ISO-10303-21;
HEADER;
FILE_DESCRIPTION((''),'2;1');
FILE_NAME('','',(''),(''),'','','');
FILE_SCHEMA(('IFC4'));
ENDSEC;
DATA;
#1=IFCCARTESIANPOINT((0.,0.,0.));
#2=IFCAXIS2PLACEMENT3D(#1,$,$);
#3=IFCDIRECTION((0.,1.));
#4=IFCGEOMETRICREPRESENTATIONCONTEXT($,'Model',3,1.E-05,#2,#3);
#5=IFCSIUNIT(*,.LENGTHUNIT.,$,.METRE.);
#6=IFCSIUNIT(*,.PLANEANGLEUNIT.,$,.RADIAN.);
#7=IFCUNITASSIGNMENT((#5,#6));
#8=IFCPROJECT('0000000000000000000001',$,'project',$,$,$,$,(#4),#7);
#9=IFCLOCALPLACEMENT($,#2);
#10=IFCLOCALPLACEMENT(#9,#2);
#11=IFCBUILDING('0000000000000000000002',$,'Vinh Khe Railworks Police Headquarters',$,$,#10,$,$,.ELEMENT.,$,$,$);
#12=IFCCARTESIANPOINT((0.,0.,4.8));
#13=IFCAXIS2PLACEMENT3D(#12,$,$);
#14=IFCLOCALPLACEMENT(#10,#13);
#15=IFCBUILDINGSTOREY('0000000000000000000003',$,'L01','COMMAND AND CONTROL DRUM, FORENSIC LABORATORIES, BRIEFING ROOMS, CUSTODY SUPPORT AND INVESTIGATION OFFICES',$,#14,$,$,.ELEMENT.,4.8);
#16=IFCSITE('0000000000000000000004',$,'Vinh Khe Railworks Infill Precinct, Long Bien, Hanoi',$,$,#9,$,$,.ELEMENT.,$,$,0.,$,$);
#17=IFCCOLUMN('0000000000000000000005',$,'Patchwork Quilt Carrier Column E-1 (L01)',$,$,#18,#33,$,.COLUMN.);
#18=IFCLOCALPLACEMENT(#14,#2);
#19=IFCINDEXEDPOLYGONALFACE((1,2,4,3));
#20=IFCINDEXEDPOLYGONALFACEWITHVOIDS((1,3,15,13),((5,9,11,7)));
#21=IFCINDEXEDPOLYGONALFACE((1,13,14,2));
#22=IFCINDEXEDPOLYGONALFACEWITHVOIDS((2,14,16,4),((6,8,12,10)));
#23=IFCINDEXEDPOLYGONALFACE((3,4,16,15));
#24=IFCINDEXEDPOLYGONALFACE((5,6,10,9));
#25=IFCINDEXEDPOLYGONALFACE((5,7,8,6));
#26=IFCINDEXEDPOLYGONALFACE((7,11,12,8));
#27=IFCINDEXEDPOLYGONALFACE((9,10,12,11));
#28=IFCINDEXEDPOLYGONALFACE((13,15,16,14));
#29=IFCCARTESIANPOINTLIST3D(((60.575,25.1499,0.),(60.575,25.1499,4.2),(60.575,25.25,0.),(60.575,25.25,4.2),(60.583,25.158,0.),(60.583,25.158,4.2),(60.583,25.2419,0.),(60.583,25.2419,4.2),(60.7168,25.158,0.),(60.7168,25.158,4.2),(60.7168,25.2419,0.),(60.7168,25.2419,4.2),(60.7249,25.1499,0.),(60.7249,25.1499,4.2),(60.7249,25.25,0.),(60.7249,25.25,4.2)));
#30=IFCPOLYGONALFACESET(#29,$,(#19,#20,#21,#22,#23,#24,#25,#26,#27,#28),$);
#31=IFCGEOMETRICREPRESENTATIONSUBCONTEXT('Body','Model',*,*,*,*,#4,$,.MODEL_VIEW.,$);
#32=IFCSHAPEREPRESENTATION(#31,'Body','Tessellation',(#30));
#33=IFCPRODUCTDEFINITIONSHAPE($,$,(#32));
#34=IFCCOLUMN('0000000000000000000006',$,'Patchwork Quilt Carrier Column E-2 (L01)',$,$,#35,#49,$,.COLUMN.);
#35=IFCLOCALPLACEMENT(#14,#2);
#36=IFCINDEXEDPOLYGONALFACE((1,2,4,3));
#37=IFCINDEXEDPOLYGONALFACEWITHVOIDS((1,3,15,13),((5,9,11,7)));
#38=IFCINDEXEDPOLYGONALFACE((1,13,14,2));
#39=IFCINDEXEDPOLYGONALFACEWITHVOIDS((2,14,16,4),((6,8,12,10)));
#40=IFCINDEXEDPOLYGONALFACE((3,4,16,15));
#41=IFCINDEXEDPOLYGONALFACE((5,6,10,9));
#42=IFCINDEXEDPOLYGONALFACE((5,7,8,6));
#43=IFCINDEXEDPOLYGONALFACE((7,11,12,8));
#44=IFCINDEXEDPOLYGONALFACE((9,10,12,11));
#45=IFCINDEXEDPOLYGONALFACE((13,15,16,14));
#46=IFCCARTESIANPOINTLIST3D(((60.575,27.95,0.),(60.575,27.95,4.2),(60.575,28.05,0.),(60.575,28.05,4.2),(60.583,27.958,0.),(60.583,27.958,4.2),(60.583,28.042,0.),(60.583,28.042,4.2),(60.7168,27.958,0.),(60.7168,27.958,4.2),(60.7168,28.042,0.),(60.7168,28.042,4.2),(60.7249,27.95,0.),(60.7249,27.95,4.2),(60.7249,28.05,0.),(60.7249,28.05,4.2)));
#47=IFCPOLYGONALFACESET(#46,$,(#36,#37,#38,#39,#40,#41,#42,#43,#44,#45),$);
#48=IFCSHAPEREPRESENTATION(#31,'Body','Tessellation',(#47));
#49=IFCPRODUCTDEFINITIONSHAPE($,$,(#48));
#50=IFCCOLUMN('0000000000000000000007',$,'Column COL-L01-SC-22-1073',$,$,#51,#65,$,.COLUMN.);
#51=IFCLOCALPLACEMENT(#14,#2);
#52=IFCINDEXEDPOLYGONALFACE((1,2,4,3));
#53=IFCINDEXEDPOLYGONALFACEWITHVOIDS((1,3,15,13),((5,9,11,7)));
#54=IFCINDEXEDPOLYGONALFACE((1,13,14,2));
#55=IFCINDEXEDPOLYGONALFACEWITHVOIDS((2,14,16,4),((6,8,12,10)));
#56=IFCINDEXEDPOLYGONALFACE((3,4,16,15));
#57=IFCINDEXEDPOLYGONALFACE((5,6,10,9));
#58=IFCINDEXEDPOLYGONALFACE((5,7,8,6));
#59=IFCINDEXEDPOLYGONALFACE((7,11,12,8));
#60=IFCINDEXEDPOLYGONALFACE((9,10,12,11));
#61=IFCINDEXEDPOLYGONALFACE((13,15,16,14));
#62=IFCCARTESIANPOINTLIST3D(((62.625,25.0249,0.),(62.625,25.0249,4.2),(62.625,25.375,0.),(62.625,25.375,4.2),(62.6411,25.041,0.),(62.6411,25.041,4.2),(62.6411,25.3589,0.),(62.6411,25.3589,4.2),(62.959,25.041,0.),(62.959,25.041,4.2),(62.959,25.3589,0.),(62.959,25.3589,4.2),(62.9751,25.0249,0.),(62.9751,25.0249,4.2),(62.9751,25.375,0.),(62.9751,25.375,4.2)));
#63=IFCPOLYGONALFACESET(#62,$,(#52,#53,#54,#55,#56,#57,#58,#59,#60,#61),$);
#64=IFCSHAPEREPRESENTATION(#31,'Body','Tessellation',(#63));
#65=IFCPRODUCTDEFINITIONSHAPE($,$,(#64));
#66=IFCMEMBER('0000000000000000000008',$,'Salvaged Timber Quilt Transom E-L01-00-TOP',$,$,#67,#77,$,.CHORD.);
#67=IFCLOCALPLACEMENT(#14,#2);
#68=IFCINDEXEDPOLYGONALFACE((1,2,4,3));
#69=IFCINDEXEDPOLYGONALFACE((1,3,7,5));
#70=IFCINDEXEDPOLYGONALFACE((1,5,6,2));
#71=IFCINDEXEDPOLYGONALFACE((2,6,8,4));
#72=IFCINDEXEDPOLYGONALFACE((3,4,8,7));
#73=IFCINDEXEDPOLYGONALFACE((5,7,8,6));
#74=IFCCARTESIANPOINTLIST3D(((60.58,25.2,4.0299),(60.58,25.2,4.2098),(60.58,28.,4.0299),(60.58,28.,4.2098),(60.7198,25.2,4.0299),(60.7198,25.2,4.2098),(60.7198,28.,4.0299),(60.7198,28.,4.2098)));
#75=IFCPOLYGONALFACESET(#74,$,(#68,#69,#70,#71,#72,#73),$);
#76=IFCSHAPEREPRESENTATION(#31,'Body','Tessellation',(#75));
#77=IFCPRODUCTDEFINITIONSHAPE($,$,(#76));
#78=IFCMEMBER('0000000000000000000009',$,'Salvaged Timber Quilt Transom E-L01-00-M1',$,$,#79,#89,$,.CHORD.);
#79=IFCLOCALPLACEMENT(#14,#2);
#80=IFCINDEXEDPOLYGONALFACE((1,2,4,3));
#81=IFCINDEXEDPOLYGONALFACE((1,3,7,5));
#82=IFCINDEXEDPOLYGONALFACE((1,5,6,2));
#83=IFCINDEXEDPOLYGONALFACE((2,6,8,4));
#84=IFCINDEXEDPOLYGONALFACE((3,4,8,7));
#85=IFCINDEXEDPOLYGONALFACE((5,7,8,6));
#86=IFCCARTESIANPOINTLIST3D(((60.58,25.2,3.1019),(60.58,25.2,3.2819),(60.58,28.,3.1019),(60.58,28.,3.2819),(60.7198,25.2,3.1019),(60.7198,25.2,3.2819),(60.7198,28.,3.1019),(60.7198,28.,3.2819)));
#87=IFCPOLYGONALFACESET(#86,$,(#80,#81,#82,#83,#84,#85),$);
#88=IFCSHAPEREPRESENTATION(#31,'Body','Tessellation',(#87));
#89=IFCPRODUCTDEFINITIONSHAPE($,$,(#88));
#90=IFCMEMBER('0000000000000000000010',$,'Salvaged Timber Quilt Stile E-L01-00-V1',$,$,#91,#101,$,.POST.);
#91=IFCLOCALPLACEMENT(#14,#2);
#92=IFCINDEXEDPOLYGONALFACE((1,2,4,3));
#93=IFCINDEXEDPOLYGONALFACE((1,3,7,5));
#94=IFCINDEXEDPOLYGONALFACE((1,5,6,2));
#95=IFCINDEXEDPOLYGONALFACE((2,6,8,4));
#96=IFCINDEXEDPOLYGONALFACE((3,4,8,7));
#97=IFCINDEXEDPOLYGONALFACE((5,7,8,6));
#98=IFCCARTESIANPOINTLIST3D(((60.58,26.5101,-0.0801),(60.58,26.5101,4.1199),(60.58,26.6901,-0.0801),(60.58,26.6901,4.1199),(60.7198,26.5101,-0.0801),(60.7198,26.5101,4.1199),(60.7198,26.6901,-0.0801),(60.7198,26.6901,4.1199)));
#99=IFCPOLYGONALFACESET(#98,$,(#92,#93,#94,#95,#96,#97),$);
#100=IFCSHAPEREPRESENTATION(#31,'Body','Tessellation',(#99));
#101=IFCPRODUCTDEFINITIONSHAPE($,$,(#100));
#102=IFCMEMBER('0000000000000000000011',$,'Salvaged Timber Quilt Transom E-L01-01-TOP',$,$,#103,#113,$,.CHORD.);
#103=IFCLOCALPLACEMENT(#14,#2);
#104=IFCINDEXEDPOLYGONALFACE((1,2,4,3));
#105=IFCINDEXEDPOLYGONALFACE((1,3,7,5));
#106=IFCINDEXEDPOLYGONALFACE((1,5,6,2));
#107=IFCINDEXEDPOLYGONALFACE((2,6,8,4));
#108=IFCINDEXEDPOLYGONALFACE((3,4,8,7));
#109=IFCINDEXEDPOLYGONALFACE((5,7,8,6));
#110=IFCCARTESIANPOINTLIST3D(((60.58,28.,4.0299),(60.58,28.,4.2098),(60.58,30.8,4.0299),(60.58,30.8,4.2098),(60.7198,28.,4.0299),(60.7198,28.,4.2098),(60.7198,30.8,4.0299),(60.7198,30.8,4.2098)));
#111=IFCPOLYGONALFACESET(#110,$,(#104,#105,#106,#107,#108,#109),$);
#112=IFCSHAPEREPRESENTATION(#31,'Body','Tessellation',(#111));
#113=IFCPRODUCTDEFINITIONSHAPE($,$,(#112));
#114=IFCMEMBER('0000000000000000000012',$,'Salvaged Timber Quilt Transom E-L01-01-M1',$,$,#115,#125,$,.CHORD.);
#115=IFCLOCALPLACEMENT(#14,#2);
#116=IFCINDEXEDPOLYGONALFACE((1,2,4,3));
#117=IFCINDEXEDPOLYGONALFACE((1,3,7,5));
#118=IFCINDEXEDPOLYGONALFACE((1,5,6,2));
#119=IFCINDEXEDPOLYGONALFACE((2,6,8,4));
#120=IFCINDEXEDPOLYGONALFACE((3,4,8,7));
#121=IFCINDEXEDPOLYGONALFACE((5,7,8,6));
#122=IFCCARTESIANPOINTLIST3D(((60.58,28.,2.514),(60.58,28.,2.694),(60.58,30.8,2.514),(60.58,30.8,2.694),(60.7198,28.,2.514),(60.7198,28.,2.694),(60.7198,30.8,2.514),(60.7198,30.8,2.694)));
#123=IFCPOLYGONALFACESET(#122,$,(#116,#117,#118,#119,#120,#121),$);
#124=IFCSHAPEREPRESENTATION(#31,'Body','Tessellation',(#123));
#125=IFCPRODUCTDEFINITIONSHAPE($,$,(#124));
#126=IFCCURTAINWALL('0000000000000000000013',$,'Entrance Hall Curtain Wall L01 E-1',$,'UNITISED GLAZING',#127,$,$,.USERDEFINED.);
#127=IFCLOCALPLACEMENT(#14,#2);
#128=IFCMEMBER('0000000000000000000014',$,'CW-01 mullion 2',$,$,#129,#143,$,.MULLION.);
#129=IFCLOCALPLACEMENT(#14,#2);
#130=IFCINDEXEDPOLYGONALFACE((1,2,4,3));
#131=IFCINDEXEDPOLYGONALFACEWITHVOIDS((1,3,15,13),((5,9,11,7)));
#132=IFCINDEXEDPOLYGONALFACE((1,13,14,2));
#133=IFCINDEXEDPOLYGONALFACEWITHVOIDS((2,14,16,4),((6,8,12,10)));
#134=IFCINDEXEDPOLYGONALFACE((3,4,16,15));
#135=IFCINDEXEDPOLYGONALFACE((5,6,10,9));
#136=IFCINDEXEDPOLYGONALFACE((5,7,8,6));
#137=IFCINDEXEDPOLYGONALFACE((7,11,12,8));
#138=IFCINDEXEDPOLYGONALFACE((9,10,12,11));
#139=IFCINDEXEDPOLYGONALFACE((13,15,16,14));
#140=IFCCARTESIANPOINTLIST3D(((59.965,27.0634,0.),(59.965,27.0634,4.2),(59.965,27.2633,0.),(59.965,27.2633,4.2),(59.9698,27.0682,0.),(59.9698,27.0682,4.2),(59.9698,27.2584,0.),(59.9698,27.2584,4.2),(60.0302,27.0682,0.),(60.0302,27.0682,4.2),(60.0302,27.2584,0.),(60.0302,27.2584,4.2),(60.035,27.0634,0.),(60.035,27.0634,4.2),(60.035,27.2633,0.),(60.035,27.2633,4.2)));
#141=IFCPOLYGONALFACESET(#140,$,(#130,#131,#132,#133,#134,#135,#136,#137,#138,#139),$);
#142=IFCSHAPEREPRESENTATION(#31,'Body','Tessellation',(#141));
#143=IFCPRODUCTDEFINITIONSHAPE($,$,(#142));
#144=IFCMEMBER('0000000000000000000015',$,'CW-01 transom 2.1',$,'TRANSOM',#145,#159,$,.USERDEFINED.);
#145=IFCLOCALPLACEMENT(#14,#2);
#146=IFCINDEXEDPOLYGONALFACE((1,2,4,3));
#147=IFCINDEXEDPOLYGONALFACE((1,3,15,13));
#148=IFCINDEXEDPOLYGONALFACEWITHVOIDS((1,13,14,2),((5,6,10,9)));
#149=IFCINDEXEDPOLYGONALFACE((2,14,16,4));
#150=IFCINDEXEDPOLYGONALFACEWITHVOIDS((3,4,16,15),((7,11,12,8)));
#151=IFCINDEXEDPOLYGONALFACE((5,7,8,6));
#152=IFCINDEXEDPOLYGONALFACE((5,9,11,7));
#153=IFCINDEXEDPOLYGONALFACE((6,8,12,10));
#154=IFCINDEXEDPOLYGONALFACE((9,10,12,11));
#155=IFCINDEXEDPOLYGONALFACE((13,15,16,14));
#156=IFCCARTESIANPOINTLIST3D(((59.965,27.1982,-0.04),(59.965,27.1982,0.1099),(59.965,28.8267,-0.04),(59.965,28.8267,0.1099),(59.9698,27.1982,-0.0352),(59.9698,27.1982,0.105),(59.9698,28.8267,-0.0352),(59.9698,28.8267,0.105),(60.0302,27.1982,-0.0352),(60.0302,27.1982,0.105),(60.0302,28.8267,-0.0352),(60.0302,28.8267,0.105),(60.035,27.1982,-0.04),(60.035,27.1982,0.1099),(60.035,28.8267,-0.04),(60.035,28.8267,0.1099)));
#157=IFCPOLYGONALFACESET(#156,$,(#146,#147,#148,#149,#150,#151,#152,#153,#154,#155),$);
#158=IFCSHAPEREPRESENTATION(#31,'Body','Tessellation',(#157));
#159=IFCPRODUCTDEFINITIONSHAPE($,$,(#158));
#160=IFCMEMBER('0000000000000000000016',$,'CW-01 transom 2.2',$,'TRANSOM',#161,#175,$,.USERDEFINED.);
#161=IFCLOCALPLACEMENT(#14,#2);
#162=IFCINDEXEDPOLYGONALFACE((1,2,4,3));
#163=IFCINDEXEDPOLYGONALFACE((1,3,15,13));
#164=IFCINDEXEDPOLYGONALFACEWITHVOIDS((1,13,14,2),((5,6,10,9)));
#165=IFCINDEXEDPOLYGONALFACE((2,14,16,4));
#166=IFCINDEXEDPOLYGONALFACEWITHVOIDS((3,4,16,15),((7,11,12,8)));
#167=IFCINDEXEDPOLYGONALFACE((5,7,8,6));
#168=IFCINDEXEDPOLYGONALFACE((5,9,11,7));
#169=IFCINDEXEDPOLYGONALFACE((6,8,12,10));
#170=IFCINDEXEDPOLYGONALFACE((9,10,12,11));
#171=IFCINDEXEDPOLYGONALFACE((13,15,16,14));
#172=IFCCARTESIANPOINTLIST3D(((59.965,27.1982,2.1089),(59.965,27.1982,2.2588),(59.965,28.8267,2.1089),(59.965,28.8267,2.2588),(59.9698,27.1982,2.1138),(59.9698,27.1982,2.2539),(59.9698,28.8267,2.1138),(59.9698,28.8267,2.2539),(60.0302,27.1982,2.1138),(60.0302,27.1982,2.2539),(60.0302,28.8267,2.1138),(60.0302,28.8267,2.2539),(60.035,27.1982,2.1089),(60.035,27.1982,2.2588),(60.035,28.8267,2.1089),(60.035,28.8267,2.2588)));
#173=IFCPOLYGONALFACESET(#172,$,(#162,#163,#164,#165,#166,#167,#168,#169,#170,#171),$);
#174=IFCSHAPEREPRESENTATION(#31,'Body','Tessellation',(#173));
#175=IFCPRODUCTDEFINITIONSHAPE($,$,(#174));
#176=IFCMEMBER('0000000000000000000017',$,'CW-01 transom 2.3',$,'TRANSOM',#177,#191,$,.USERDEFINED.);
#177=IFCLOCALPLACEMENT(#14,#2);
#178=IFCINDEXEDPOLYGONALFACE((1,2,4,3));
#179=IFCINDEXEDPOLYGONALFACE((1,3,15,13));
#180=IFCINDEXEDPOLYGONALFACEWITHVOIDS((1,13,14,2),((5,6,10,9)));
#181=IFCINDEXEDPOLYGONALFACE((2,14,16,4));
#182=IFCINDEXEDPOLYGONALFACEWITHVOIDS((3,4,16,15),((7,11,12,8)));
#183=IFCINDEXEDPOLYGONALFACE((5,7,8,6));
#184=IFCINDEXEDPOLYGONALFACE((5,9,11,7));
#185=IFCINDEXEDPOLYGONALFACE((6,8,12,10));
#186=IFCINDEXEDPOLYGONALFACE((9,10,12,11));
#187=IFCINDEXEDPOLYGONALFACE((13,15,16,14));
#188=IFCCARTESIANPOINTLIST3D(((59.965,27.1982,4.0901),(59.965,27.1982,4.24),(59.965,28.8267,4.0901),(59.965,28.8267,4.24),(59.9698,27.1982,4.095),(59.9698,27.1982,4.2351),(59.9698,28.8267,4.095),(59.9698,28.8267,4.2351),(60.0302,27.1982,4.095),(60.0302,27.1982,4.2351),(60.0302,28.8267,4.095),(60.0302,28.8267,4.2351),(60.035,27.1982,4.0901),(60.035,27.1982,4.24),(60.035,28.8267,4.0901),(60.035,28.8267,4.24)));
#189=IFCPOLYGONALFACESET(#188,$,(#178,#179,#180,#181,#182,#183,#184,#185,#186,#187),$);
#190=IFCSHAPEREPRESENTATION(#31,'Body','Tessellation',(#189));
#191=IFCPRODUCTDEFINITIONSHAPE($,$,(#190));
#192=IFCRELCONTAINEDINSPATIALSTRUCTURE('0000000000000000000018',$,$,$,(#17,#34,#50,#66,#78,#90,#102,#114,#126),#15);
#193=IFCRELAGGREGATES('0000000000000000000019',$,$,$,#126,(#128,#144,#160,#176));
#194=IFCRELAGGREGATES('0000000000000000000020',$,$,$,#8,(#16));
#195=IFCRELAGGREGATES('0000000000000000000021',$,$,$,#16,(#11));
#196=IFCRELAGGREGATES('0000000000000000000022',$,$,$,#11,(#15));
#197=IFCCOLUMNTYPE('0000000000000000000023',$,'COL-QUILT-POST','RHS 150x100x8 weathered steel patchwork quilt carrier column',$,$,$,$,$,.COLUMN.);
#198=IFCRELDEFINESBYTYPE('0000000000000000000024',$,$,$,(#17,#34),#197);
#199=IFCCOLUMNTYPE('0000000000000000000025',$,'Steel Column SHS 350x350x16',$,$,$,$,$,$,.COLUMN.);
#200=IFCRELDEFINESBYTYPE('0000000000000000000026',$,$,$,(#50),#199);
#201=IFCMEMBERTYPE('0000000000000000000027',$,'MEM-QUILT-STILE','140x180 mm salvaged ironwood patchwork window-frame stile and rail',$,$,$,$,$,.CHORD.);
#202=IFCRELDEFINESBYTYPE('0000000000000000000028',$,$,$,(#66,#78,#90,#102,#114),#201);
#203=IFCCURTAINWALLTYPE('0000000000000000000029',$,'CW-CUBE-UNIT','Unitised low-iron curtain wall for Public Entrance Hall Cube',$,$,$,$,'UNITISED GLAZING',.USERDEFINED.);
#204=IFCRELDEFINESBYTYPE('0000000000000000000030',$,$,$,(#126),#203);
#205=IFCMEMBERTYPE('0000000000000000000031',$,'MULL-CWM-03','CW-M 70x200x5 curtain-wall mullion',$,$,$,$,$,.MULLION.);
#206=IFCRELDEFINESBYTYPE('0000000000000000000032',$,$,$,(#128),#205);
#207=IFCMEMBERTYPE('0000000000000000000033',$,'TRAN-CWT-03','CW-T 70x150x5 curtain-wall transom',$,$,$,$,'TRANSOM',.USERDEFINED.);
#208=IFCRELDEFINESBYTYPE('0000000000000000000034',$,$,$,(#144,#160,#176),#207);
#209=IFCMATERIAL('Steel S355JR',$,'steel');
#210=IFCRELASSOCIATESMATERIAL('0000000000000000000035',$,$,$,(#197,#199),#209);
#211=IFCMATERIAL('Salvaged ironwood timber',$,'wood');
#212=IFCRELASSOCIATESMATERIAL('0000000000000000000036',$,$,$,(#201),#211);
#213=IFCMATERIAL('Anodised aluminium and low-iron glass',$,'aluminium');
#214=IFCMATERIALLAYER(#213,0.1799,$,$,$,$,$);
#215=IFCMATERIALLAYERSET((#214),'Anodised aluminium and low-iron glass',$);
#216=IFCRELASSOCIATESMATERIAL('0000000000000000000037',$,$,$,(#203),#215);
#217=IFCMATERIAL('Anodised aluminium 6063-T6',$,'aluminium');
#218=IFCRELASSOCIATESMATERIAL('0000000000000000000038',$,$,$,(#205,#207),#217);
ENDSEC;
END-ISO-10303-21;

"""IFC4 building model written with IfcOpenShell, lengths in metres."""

from ifc_helpers import new_model, si_unit, direction, frame, origin, origin_2d, place, context, subcontext, project, spatial, rectangle, hollow_rectangle, extrude, material, layer, layer_set, material_profile, profile_set, type_object, element, aggregate, save


model = new_model("IFC4")

# Units and contexts
model_context = context("Model", 3, precision=1e-05, world=origin(), true_north=direction((0.0, 1.0)))
body_context = subcontext(model_context, "Body", "Model", "MODEL_VIEW")
ifc_project = project(units=[si_unit("LENGTHUNIT", "METRE"), si_unit("PLANEANGLEUNIT", "RADIAN")], contexts=[model_context])

# Site, building, storey
site_placement = place(None, origin())
site = spatial("IfcSite", under=ifc_project, at=site_placement, Name="Vinh Khe Railworks Infill Precinct, Long Bien, Hanoi", CompositionType="ELEMENT", RefElevation=0.0)
building_placement = place(site_placement, origin())
building = spatial("IfcBuilding", under=site, at=building_placement, Name="Vinh Khe Railworks Police Headquarters", CompositionType="ELEMENT")
storey_placement = place(building_placement, frame((0.0, 0.0, 4.8)))
storey = spatial("IfcBuildingStorey", under=building, at=storey_placement, Name="L01", Description="COMMAND AND CONTROL DRUM, FORENSIC LABORATORIES, BRIEFING ROOMS, CUSTODY SUPPORT AND INVESTIGATION OFFICES", CompositionType="ELEMENT", Elevation=4.8)

# Columns
ifc_material_1 = material(Name="Steel S355JR", Category="steel")
ifc_material_profile_1 = material_profile(ifc_material_1, hollow_rectangle(XDim=0.1499, YDim=0.1001, WallThickness=0.0081, at=origin_2d()), Name="RHS 150x100x8")
ifc_profile_set_1 = profile_set([ifc_material_profile_1], Name="Steel S355JR")
column_type_1 = type_object("IfcColumnType", Name="COL-QUILT-POST", Description="RHS 150x100x8 weathered steel patchwork quilt carrier column", PredefinedType="COLUMN", material=ifc_profile_set_1)
for number, where, z_axis, x_axis, name in (
    (1, (60.6499, 25.2, 0.0), (0.0, 0.0, 1.0), (1.0, 0.0, 0.0), "Patchwork Quilt Carrier Column E-1 (L01)"),
    (2, (60.6499, 28.0, 0.0), (0.0, 0.0, 1.0), (1.0, 0.0, 0.0), "Patchwork Quilt Carrier Column E-2 (L01)"),
):
    element("IfcColumn", number, at=place(storey_placement, frame(where, z_axis=z_axis, x_axis=x_axis)), inside=storey, type_object=column_type_1, Name=name, PredefinedType="COLUMN", context=body_context, shape_type="SweptSolid", body=[
        extrude(hollow_rectangle(XDim=0.1499, YDim=0.1001, WallThickness=0.0081, at=origin_2d()), origin(), (0.0, 0.0, 1.0), 4.2),
    ])
ifc_material_profile_2 = material_profile(ifc_material_1, hollow_rectangle(XDim=0.3501, YDim=0.3501, WallThickness=0.0161, at=origin_2d()), Name="SHS 350x350x16")
ifc_profile_set_2 = profile_set([ifc_material_profile_2], Name="Steel S355JR")
column_type_2 = type_object("IfcColumnType", Name="Steel Column SHS 350x350x16", PredefinedType="COLUMN", material=ifc_profile_set_2)
column_placement = place(storey_placement, frame((62.8, 25.2, 0.0), z_axis=(0.0, 0.0, 1.0), x_axis=(1.0, 0.0, 0.0)))
element("IfcColumn", 3, at=column_placement, inside=storey, type_object=column_type_2, Name="Column COL-L01-SC-22-1073", PredefinedType="COLUMN", context=body_context, shape_type="SweptSolid", body=[
    extrude(hollow_rectangle(XDim=0.3501, YDim=0.3501, WallThickness=0.0161, at=origin_2d()), origin(), (0.0, 0.0, 1.0), 4.2),
])

# Members
ifc_material_2 = material(Name="Salvaged ironwood timber", Category="wood")
ifc_material_profile_3 = material_profile(ifc_material_2, rectangle(XDim=0.1399, YDim=0.1799, at=origin_2d()), Name="TIMBER 140x180")
ifc_profile_set_3 = profile_set([ifc_material_profile_3], Name="Salvaged ironwood timber")
member_type_1 = type_object("IfcMemberType", Name="MEM-QUILT-STILE", Description="140x180 mm salvaged ironwood patchwork window-frame stile and rail", PredefinedType="CHORD", material=ifc_profile_set_3)
for number, where, z_axis, x_axis, name in (
    (4, (60.6499, 25.2, 4.1199), (0.0, 1.0, 0.0), (-1.0, 0.0, 0.0), "Salvaged Timber Quilt Transom E-L01-00-TOP"),
    (5, (60.6499, 25.2, 3.1919), (0.0, 1.0, 0.0), (-1.0, 0.0, 0.0), "Salvaged Timber Quilt Transom E-L01-00-M1"),
):
    element("IfcMember", number, at=place(storey_placement, frame(where, z_axis=z_axis, x_axis=x_axis)), inside=storey, type_object=member_type_1, Name=name, PredefinedType="CHORD", context=body_context, shape_type="SweptSolid", body=[
        extrude(rectangle(XDim=0.1399, YDim=0.1799, at=origin_2d()), origin(), (0.0, 0.0, 1.0), 2.8),
    ])
member_1_placement = place(storey_placement, frame((60.6499, 26.6001, -0.0801), z_axis=(0.0, 0.0, 1.0), x_axis=(1.0, 0.0, 0.0)))
element("IfcMember", 6, at=member_1_placement, inside=storey, type_object=member_type_1, Name="Salvaged Timber Quilt Stile E-L01-00-V1", PredefinedType="POST", context=body_context, shape_type="SweptSolid", body=[
    extrude(rectangle(XDim=0.1399, YDim=0.1799, at=origin_2d()), origin(), (0.0, 0.0, 1.0), 4.2),
])
for number, where, z_axis, x_axis, name in (
    (7, (60.6499, 28.0, 4.1199), (0.0, 1.0, 0.0), (-1.0, 0.0, 0.0), "Salvaged Timber Quilt Transom E-L01-01-TOP"),
    (8, (60.6499, 28.0, 2.604), (0.0, 1.0, 0.0), (-1.0, 0.0, 0.0), "Salvaged Timber Quilt Transom E-L01-01-M1"),
):
    element("IfcMember", number, at=place(storey_placement, frame(where, z_axis=z_axis, x_axis=x_axis)), inside=storey, type_object=member_type_1, Name=name, PredefinedType="CHORD", context=body_context, shape_type="SweptSolid", body=[
        extrude(rectangle(XDim=0.1399, YDim=0.1799, at=origin_2d()), origin(), (0.0, 0.0, 1.0), 2.8),
    ])

# Curtain wall, members
ifc_material_3 = material(Name="Anodised aluminium and low-iron glass", Category="aluminium")
ifc_layer_1 = layer(ifc_material_3, 0.1799)
ifc_layer_set_1 = layer_set([ifc_layer_1], Name="Anodised aluminium and low-iron glass")
curtain_wall_type = type_object("IfcCurtainWallType", Name="CW-CUBE-UNIT", Description="Unitised low-iron curtain wall for Public Entrance Hall Cube", ElementType="UNITISED GLAZING", PredefinedType="USERDEFINED", material=ifc_layer_set_1)
curtain_wall_placement = place(storey_placement, origin())
curtain_wall = element("IfcCurtainWall", 9, at=curtain_wall_placement, inside=storey, type_object=curtain_wall_type, Name="Entrance Hall Curtain Wall L01 E-1", ObjectType="UNITISED GLAZING", PredefinedType="USERDEFINED")
ifc_material_4 = material(Name="Anodised aluminium 6063-T6", Category="aluminium")
ifc_material_profile_4 = material_profile(ifc_material_4, hollow_rectangle(XDim=0.0701, YDim=0.2, WallThickness=0.0049, at=origin_2d()), Name="CW-M 70x200x5")
ifc_profile_set_4 = profile_set([ifc_material_profile_4], Name="Anodised aluminium 6063-T6")
member_type_2 = type_object("IfcMemberType", Name="MULL-CWM-03", Description="CW-M 70x200x5 curtain-wall mullion", PredefinedType="MULLION", material=ifc_profile_set_4)
member_2_placement = place(storey_placement, frame((60.0, 27.1633, 0.0), z_axis=(0.0, 0.0, 1.0), x_axis=(-1.0, 0.0, 0.0)))
member_2 = element("IfcMember", 10, at=member_2_placement, type_object=member_type_2, Name="CW-01 mullion 2", PredefinedType="MULLION", context=body_context, shape_type="SweptSolid", body=[
    extrude(hollow_rectangle(XDim=0.0701, YDim=0.2, WallThickness=0.0049, at=origin_2d()), origin(), (0.0, 0.0, 1.0), 4.2),
])
ifc_material_profile_5 = material_profile(ifc_material_4, hollow_rectangle(XDim=0.0701, YDim=0.1499, WallThickness=0.0049, at=origin_2d()), Name="CW-T 70x150x5")
ifc_profile_set_5 = profile_set([ifc_material_profile_5], Name="Anodised aluminium 6063-T6")
member_type_3 = type_object("IfcMemberType", Name="TRAN-CWT-03", Description="CW-T 70x150x5 curtain-wall transom", ElementType="TRANSOM", PredefinedType="USERDEFINED", material=ifc_profile_set_5)
member_3_placement = place(storey_placement, frame((60.0, 27.1982, 0.0349), z_axis=(0.0, 1.0, 0.0), x_axis=(-1.0, 0.0, 0.0)))
member_3 = element("IfcMember", 11, at=member_3_placement, type_object=member_type_3, Name="CW-01 transom 2.1", ObjectType="TRANSOM", PredefinedType="USERDEFINED", context=body_context, shape_type="SweptSolid", body=[
    extrude(hollow_rectangle(XDim=0.0701, YDim=0.1499, WallThickness=0.0049, at=origin_2d()), origin(), (0.0, 0.0, 1.0), 1.6284),
])
member_4_placement = place(storey_placement, frame((60.0, 27.1982, 2.1838), z_axis=(0.0, 1.0, 0.0), x_axis=(-1.0, 0.0, 0.0)))
member_4 = element("IfcMember", 12, at=member_4_placement, type_object=member_type_3, Name="CW-01 transom 2.2", ObjectType="TRANSOM", PredefinedType="USERDEFINED", context=body_context, shape_type="SweptSolid", body=[
    extrude(hollow_rectangle(XDim=0.0701, YDim=0.1499, WallThickness=0.0049, at=origin_2d()), origin(), (0.0, 0.0, 1.0), 1.6284),
])
member_5_placement = place(storey_placement, frame((60.0, 27.1982, 4.165), z_axis=(0.0, 1.0, 0.0), x_axis=(-1.0, 0.0, 0.0)))
member_5 = element("IfcMember", 13, at=member_5_placement, type_object=member_type_3, Name="CW-01 transom 2.3", ObjectType="TRANSOM", PredefinedType="USERDEFINED", context=body_context, shape_type="SweptSolid", body=[
    extrude(hollow_rectangle(XDim=0.0701, YDim=0.1499, WallThickness=0.0049, at=origin_2d()), origin(), (0.0, 0.0, 1.0), 1.6284),
])
aggregate(curtain_wall, [member_2, member_3, member_4, member_5])

save(model, "model.ifc")
